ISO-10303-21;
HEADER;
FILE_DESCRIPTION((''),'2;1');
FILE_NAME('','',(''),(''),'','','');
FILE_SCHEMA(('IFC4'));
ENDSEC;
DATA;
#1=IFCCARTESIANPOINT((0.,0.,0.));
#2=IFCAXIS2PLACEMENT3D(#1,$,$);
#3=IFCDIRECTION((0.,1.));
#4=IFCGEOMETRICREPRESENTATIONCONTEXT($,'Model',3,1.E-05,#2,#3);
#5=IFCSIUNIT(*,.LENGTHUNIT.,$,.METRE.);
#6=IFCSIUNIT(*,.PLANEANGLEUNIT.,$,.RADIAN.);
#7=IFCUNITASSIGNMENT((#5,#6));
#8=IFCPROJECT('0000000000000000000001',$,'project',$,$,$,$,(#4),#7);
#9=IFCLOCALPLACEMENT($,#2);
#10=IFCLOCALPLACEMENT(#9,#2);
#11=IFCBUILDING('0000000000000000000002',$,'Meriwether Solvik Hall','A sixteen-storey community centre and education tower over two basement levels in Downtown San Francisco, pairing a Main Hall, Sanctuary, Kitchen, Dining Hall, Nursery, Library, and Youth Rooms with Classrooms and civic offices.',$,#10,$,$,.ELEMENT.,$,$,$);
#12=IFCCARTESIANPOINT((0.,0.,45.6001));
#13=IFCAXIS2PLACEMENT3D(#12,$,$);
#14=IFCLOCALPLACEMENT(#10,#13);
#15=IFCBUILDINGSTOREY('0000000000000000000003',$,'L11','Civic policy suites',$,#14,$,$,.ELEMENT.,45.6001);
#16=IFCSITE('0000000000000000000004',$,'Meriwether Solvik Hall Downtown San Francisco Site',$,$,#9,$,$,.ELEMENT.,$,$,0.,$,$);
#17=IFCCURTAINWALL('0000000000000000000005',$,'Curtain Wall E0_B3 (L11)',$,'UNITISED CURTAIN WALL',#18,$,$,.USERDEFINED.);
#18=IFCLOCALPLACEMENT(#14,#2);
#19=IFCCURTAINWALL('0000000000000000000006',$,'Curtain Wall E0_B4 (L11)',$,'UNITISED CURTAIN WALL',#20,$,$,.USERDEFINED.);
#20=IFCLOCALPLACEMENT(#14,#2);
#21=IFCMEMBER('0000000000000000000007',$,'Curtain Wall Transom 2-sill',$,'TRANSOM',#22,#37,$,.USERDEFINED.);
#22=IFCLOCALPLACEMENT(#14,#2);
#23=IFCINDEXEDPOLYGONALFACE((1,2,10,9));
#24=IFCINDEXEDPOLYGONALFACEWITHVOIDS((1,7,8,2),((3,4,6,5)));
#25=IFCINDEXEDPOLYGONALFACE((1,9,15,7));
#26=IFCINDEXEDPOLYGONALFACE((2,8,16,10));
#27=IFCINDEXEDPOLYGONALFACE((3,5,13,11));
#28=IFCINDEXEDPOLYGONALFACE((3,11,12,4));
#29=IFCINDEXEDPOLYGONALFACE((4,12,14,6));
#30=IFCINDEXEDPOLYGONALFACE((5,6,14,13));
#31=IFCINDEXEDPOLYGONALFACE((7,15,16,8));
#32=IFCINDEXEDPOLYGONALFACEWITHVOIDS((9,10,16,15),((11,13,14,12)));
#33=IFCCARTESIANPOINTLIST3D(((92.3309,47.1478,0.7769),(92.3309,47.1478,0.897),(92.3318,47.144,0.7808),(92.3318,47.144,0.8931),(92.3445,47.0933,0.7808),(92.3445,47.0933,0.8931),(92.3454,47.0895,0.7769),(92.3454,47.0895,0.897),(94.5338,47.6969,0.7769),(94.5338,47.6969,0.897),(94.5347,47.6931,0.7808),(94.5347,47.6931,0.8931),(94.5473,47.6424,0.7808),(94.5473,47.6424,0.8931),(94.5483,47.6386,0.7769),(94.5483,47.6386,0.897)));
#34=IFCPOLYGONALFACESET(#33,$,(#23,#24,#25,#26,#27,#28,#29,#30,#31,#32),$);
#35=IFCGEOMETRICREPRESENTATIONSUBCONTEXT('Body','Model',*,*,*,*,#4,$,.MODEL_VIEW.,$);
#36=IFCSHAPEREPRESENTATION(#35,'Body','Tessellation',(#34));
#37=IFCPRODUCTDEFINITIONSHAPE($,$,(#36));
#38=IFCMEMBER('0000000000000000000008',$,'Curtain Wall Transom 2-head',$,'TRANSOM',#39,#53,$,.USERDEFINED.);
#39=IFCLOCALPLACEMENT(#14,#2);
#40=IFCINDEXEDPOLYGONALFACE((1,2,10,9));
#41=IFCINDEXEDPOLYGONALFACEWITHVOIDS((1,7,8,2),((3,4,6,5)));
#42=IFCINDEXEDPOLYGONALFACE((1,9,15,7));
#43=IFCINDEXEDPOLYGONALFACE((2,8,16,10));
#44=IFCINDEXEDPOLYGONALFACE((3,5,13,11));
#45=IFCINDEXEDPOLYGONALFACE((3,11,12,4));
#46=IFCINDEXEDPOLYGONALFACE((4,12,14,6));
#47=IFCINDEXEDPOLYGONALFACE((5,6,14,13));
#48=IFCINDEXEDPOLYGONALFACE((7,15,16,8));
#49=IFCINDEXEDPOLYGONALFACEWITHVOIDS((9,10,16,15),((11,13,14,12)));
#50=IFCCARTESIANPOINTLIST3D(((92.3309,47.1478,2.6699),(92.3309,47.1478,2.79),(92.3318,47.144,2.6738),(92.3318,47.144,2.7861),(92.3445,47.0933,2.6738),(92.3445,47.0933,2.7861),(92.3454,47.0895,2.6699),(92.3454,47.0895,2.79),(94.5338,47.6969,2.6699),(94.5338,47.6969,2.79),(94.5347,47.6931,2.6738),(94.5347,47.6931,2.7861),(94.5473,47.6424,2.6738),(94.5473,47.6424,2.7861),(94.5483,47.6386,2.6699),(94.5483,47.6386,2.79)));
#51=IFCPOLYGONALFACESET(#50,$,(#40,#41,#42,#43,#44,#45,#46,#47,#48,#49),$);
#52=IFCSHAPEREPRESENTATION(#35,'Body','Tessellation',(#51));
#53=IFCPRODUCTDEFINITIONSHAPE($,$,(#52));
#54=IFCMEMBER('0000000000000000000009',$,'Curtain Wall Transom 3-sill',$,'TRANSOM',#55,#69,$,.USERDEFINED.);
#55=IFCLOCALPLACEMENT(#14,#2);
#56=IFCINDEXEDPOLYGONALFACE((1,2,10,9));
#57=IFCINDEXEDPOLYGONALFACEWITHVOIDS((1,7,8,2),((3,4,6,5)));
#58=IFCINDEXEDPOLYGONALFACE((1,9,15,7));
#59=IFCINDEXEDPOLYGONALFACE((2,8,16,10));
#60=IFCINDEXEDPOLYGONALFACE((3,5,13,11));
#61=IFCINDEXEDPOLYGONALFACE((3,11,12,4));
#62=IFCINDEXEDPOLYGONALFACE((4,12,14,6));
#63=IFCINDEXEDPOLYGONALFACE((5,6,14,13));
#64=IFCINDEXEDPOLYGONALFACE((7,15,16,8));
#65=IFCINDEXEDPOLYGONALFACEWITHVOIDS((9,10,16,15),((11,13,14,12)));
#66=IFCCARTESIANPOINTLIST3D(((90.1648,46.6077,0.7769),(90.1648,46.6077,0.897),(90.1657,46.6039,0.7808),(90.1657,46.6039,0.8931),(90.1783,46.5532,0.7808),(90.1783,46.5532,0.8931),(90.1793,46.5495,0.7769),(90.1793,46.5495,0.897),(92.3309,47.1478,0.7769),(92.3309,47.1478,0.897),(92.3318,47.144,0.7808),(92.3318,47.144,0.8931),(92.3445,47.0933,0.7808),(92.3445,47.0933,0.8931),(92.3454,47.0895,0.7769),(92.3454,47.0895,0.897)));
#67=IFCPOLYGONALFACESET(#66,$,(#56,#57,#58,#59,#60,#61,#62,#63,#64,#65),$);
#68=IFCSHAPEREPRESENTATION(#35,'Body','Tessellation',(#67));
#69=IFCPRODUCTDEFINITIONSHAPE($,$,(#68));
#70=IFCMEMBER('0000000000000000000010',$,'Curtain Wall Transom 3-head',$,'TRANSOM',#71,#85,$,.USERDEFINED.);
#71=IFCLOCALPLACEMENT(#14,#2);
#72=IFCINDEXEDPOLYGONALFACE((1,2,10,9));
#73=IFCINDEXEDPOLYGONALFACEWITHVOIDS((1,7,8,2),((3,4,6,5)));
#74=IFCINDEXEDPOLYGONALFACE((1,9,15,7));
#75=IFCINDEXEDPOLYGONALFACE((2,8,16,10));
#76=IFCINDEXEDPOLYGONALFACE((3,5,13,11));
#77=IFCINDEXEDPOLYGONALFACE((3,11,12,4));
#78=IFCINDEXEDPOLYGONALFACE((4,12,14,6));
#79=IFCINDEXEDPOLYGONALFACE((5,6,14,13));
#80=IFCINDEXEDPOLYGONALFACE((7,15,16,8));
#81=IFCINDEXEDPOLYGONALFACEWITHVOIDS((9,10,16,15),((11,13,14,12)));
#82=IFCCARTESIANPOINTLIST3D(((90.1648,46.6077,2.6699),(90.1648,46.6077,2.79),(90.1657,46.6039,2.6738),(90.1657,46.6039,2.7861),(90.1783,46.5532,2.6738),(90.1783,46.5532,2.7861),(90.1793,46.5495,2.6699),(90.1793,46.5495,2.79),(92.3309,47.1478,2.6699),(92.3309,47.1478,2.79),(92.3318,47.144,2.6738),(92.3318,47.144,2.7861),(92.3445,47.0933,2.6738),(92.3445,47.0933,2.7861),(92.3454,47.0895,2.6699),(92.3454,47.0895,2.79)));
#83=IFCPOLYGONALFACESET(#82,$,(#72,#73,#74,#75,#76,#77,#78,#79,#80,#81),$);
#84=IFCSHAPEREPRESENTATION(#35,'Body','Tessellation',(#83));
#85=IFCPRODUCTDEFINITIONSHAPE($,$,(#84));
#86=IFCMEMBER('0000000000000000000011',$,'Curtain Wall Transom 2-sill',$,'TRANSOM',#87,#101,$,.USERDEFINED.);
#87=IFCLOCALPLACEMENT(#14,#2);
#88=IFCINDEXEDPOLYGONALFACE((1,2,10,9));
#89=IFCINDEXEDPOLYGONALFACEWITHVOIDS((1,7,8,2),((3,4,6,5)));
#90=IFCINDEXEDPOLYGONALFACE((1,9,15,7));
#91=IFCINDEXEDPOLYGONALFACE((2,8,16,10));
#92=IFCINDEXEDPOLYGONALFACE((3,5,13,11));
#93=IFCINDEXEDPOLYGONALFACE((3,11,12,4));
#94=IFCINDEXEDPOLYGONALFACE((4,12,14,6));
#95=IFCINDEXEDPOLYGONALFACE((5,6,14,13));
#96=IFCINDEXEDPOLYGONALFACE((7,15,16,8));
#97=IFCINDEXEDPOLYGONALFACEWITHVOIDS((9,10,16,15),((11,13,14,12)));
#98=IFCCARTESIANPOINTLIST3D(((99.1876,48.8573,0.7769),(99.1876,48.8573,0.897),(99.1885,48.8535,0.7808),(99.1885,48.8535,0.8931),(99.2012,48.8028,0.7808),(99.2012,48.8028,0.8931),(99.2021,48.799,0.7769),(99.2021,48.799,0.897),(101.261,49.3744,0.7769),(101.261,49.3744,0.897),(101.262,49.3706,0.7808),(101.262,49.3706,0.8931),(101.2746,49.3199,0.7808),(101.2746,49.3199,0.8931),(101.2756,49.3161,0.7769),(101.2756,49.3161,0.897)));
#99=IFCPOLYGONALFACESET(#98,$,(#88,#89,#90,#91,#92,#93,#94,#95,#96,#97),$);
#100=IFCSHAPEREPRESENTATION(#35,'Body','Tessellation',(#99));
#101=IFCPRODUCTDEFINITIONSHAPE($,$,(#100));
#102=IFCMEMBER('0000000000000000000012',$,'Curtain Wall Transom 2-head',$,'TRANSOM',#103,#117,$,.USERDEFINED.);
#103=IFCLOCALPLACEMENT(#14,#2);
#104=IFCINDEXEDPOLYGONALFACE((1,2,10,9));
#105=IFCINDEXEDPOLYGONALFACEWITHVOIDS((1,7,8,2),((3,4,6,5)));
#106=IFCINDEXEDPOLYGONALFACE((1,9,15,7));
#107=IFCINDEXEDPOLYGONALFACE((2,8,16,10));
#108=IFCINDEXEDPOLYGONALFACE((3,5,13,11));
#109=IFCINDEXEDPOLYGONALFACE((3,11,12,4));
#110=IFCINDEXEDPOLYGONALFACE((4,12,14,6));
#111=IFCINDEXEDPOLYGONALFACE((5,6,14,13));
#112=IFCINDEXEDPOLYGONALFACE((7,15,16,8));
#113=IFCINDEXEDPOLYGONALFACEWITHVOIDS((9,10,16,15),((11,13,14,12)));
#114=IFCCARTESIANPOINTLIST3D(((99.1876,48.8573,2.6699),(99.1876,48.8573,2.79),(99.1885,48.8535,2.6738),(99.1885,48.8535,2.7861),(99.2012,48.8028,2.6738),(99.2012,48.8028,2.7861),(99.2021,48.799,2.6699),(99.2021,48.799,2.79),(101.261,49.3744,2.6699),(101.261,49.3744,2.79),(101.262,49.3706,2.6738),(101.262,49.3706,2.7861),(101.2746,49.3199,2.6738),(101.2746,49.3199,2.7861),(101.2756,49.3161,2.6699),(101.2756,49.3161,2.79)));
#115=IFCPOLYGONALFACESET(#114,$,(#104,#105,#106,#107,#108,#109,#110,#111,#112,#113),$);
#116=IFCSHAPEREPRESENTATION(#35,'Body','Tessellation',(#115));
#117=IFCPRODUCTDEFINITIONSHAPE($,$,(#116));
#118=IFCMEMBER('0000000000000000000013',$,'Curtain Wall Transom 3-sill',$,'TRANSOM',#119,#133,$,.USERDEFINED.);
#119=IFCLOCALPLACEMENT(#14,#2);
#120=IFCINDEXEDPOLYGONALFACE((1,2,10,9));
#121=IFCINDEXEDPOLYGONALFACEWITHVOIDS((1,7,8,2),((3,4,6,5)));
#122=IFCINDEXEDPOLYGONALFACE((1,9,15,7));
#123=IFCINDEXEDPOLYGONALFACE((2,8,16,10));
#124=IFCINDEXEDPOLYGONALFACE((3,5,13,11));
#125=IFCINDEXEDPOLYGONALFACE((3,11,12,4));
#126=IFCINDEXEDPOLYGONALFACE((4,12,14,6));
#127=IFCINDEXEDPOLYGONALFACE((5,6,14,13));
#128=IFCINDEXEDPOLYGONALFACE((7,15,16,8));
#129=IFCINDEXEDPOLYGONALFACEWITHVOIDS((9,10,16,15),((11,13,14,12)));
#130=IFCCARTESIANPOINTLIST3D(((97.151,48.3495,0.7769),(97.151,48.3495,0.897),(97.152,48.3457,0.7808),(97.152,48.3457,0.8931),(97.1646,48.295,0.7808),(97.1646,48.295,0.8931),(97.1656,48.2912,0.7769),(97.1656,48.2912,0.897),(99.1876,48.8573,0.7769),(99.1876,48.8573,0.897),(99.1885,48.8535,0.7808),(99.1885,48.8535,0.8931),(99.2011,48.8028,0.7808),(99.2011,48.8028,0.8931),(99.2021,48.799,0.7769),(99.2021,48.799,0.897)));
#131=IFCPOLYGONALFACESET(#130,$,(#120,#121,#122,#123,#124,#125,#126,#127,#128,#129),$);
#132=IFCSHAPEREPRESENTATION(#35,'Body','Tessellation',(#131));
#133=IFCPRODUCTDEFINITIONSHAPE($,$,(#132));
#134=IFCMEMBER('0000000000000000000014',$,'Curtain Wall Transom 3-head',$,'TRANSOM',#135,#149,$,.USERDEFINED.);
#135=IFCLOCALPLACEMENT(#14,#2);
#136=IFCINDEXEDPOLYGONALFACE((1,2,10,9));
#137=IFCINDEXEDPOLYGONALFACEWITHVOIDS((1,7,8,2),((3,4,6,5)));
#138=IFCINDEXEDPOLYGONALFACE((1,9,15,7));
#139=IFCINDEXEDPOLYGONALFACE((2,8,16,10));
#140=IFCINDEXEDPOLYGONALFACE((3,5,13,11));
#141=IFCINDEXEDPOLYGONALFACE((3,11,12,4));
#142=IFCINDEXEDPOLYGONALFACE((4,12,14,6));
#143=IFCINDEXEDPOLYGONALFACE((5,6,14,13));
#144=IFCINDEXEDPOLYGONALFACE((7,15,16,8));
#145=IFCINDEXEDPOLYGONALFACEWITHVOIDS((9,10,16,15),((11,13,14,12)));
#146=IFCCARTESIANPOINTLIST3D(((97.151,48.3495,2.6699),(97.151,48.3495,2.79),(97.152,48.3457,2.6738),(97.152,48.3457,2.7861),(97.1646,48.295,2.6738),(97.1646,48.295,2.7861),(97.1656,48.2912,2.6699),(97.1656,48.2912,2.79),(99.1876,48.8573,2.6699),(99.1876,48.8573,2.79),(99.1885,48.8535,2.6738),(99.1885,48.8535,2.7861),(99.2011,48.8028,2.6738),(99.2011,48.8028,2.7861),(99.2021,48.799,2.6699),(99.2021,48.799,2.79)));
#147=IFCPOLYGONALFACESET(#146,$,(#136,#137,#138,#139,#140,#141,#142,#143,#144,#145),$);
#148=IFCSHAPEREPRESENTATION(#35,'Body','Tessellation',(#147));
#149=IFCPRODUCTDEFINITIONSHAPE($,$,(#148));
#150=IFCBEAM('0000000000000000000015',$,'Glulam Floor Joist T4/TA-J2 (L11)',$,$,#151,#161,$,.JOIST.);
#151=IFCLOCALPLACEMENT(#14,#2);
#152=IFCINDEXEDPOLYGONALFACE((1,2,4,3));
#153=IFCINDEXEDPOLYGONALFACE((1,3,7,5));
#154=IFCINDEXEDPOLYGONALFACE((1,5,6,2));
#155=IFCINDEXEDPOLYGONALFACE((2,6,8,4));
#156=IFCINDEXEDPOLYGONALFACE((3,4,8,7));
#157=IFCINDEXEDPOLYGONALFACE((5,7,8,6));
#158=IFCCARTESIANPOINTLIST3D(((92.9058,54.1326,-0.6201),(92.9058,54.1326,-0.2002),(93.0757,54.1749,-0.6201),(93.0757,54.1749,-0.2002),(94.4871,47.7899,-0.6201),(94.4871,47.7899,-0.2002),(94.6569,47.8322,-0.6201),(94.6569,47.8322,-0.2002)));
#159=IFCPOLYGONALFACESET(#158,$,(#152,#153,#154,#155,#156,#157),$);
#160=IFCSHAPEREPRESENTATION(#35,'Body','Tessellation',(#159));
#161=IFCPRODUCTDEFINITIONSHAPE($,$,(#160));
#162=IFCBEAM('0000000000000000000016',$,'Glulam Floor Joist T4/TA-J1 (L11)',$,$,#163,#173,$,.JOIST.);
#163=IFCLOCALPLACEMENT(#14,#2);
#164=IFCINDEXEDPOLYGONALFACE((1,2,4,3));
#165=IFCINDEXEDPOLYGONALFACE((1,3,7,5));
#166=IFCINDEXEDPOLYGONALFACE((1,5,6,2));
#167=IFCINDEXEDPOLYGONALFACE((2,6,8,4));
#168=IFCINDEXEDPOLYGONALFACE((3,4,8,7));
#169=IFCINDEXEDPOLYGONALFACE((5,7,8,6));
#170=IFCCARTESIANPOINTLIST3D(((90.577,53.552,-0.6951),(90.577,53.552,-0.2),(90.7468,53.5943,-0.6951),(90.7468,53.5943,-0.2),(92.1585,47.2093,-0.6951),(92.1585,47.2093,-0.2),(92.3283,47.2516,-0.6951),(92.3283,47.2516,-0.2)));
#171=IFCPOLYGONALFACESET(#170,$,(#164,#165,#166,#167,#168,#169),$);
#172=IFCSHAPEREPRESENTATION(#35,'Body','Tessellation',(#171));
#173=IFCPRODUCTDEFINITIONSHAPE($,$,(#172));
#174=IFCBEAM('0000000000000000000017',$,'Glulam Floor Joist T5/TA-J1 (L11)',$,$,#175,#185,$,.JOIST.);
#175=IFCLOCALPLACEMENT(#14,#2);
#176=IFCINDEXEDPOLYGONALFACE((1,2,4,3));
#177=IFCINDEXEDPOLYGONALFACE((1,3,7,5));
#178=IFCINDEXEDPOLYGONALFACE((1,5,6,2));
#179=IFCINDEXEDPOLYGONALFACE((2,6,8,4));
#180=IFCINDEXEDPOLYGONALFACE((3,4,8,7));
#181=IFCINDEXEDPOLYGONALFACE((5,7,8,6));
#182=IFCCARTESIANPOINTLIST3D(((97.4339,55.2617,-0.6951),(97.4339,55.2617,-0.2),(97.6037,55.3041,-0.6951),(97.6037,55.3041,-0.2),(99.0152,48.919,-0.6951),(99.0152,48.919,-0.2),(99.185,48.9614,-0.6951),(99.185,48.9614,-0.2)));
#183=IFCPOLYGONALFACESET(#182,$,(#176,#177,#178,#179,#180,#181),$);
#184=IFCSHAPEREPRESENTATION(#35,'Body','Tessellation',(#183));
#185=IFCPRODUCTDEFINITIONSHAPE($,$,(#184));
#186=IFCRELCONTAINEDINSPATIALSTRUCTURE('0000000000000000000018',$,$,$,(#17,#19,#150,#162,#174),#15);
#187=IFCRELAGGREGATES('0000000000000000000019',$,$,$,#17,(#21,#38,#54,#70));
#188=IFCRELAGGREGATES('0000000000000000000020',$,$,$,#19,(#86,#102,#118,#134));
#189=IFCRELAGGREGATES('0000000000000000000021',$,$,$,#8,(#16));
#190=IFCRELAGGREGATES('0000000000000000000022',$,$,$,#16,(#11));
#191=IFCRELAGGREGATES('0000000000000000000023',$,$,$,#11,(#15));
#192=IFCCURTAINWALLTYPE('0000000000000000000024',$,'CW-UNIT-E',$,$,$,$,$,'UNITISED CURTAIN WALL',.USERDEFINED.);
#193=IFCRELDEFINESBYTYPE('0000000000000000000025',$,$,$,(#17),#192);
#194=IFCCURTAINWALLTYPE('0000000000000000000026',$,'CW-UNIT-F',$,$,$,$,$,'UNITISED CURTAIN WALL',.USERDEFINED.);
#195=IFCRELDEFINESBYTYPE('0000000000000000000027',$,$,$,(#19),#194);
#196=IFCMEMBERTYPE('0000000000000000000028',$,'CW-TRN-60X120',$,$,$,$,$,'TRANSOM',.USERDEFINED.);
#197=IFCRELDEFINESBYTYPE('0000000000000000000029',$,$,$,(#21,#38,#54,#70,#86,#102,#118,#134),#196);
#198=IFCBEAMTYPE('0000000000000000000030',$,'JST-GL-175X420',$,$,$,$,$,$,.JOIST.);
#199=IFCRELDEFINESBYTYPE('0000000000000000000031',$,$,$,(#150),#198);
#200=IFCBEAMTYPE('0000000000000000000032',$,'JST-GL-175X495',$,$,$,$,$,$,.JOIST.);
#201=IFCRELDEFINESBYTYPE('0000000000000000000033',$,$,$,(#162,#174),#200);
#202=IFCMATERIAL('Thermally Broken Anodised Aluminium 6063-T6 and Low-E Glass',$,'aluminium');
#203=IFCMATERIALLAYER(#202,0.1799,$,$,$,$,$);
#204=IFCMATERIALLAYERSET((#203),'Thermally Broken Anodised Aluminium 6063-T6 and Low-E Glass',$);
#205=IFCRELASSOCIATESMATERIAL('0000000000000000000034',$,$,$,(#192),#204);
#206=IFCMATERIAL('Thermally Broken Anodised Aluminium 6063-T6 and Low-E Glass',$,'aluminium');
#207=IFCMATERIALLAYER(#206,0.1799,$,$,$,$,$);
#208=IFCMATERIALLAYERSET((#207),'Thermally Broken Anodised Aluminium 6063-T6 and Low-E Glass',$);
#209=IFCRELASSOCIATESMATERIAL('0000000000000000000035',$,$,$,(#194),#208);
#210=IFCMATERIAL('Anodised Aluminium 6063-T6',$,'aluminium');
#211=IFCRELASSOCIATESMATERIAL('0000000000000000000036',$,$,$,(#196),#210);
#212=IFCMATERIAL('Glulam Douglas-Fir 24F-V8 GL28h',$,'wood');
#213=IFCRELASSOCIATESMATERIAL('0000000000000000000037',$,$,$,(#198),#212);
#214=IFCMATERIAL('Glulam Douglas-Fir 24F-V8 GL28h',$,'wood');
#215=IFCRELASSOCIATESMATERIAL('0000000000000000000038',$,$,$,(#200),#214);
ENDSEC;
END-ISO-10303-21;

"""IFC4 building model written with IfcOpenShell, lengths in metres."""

from ifc_helpers import new_model, si_unit, direction, frame, origin, origin_2d, place, context, subcontext, project, spatial, rectangle, hollow_rectangle, extrude, material, layer, layer_set, material_profile, profile_set, type_object, element, aggregate, save


model = new_model("IFC4")

# Units and contexts
model_context = context("Model", 3, precision=1e-05, world=origin(), true_north=direction((0.0, 1.0)))
body_context = subcontext(model_context, "Body", "Model", "MODEL_VIEW")
ifc_project = project(units=[si_unit("LENGTHUNIT", "METRE"), si_unit("PLANEANGLEUNIT", "RADIAN")], contexts=[model_context])

# Site, building, storey
site_placement = place(None, origin())
site = spatial("IfcSite", under=ifc_project, at=site_placement, Name="Meriwether Solvik Hall Downtown San Francisco Site", CompositionType="ELEMENT", RefElevation=0.0)
building_placement = place(site_placement, origin())
building = spatial("IfcBuilding", under=site, at=building_placement, Name="Meriwether Solvik Hall", Description="A sixteen-storey community centre and education tower over two basement levels in Downtown San Francisco, pairing a Main Hall, Sanctuary, Kitchen, Dining Hall, Nursery, Library, and Youth Rooms with Classrooms and civic offices.", CompositionType="ELEMENT")
storey_placement = place(building_placement, frame((0.0, 0.0, 45.6001)))
storey = spatial("IfcBuildingStorey", under=building, at=storey_placement, Name="L11", Description="Civic policy suites", CompositionType="ELEMENT", Elevation=45.6001)

# Curtain walls
ifc_material_1 = material(Name="Thermally Broken Anodised Aluminium 6063-T6 and Low-E Glass", Category="aluminium")
ifc_layer_1 = layer(ifc_material_1, 0.1799)
ifc_layer_set_1 = layer_set([ifc_layer_1], Name="Thermally Broken Anodised Aluminium 6063-T6 and Low-E Glass")
curtain_wall_type_1 = type_object("IfcCurtainWallType", Name="CW-UNIT-E", ElementType="UNITISED CURTAIN WALL", PredefinedType="USERDEFINED", material=ifc_layer_set_1)
curtain_wall_1_placement = place(storey_placement, origin())
curtain_wall_1 = element("IfcCurtainWall", 1, at=curtain_wall_1_placement, inside=storey, type_object=curtain_wall_type_1, Name="Curtain Wall E0_B3 (L11)", ObjectType="UNITISED CURTAIN WALL", PredefinedType="USERDEFINED")
ifc_material_2 = material(Name="Thermally Broken Anodised Aluminium 6063-T6 and Low-E Glass", Category="aluminium")
ifc_layer_2 = layer(ifc_material_2, 0.1799)
ifc_layer_set_2 = layer_set([ifc_layer_2], Name="Thermally Broken Anodised Aluminium 6063-T6 and Low-E Glass")
curtain_wall_type_2 = type_object("IfcCurtainWallType", Name="CW-UNIT-F", ElementType="UNITISED CURTAIN WALL", PredefinedType="USERDEFINED", material=ifc_layer_set_2)
curtain_wall_2_placement = place(storey_placement, origin())
curtain_wall_2 = element("IfcCurtainWall", 2, at=curtain_wall_2_placement, inside=storey, type_object=curtain_wall_type_2, Name="Curtain Wall E0_B4 (L11)", ObjectType="UNITISED CURTAIN WALL", PredefinedType="USERDEFINED")

# Members
ifc_material_3 = material(Name="Anodised Aluminium 6063-T6", Category="aluminium")
ifc_material_profile_1 = material_profile(ifc_material_3, hollow_rectangle(XDim=0.0601, YDim=0.1201, WallThickness=0.0039, at=origin_2d()), Name="CWT-60X120")
ifc_profile_set_1 = profile_set([ifc_material_profile_1], Name="Anodised Aluminium 6063-T6")
member_type_1 = type_object("IfcMemberType", Name="CW-TRN-60X120", ElementType="TRANSOM", PredefinedType="USERDEFINED", material=ifc_profile_set_1)
member_1_placement = place(storey_placement, frame((94.541, 47.6677, 0.8369), z_axis=(-0.970313, -0.241852, 0.0), x_axis=(0.241852, -0.970313, 0.0)))
member_1 = element("IfcMember", 3, at=member_1_placement, type_object=member_type_1, Name="Curtain Wall Transom 2-sill", ObjectType="TRANSOM", PredefinedType="USERDEFINED", context=body_context, shape_type="SweptSolid", body=[
    extrude(hollow_rectangle(XDim=0.0601, YDim=0.1201, WallThickness=0.0039, at=origin_2d()), origin(), (0.0, 0.0, 1.0), 2.2703),
])
member_2_placement = place(storey_placement, frame((94.541, 47.6677, 2.73), z_axis=(-0.970313, -0.241852, 0.0), x_axis=(0.241852, -0.970313, 0.0)))
member_2 = element("IfcMember", 4, at=member_2_placement, type_object=member_type_1, Name="Curtain Wall Transom 2-head", ObjectType="TRANSOM", PredefinedType="USERDEFINED", context=body_context, shape_type="SweptSolid", body=[
    extrude(hollow_rectangle(XDim=0.0601, YDim=0.1201, WallThickness=0.0039, at=origin_2d()), origin(), (0.0, 0.0, 1.0), 2.2703),
])
member_3_placement = place(storey_placement, frame((92.3381, 47.1187, 0.8369), z_axis=(-0.970297, -0.241918, 0.0), x_axis=(0.241918, -0.970297, 0.0)))
member_3 = element("IfcMember", 5, at=member_3_placement, type_object=member_type_1, Name="Curtain Wall Transom 3-sill", ObjectType="TRANSOM", PredefinedType="USERDEFINED", context=body_context, shape_type="SweptSolid", body=[
    extrude(hollow_rectangle(XDim=0.0601, YDim=0.1201, WallThickness=0.0039, at=origin_2d()), origin(), (0.0, 0.0, 1.0), 2.2324),
])
member_4_placement = place(storey_placement, frame((92.3381, 47.1187, 2.73), z_axis=(-0.970297, -0.241918, 0.0), x_axis=(0.241918, -0.970297, 0.0)))
member_4 = element("IfcMember", 6, at=member_4_placement, type_object=member_type_1, Name="Curtain Wall Transom 3-head", ObjectType="TRANSOM", PredefinedType="USERDEFINED", context=body_context, shape_type="SweptSolid", body=[
    extrude(hollow_rectangle(XDim=0.0601, YDim=0.1201, WallThickness=0.0039, at=origin_2d()), origin(), (0.0, 0.0, 1.0), 2.2324),
])
member_5_placement = place(storey_placement, frame((101.2683, 49.3452, 0.8369), z_axis=(-0.970283, -0.241971, 0.0), x_axis=(0.241971, -0.970283, 0.0)))
member_5 = element("IfcMember", 7, at=member_5_placement, type_object=member_type_1, Name="Curtain Wall Transom 2-sill", ObjectType="TRANSOM", PredefinedType="USERDEFINED", context=body_context, shape_type="SweptSolid", body=[
    extrude(hollow_rectangle(XDim=0.0601, YDim=0.1201, WallThickness=0.0039, at=origin_2d()), origin(), (0.0, 0.0, 1.0), 2.137),
])
member_6_placement = place(storey_placement, frame((101.2683, 49.3452, 2.73), z_axis=(-0.970283, -0.241971, 0.0), x_axis=(0.241971, -0.970283, 0.0)))
member_6 = element("IfcMember", 8, at=member_6_placement, type_object=member_type_1, Name="Curtain Wall Transom 2-head", ObjectType="TRANSOM", PredefinedType="USERDEFINED", context=body_context, shape_type="SweptSolid", body=[
    extrude(hollow_rectangle(XDim=0.0601, YDim=0.1201, WallThickness=0.0039, at=origin_2d()), origin(), (0.0, 0.0, 1.0), 2.137),
])
member_7_placement = place(storey_placement, frame((99.1948, 48.8281, 0.8369), z_axis=(-0.970293, -0.241933, 0.0), x_axis=(0.241933, -0.970293, 0.0)))
member_7 = element("IfcMember", 9, at=member_7_placement, type_object=member_type_1, Name="Curtain Wall Transom 3-sill", ObjectType="TRANSOM", PredefinedType="USERDEFINED", context=body_context, shape_type="SweptSolid", body=[
    extrude(hollow_rectangle(XDim=0.0601, YDim=0.1201, WallThickness=0.0039, at=origin_2d()), origin(), (0.0, 0.0, 1.0), 2.0989),
])
member_8_placement = place(storey_placement, frame((99.1948, 48.8281, 2.73), z_axis=(-0.970293, -0.241933, 0.0), x_axis=(0.241933, -0.970293, 0.0)))
member_8 = element("IfcMember", 10, at=member_8_placement, type_object=member_type_1, Name="Curtain Wall Transom 3-head", ObjectType="TRANSOM", PredefinedType="USERDEFINED", context=body_context, shape_type="SweptSolid", body=[
    extrude(hollow_rectangle(XDim=0.0601, YDim=0.1201, WallThickness=0.0039, at=origin_2d()), origin(), (0.0, 0.0, 1.0), 2.0989),
])

# Beams
ifc_material_4 = material(Name="Glulam Douglas-Fir 24F-V8 GL28h", Category="wood")
ifc_material_profile_2 = material_profile(ifc_material_4, rectangle(XDim=0.175, YDim=0.4199, at=origin_2d()), Name="GLJ-175X420")
ifc_profile_set_2 = profile_set([ifc_material_profile_2], Name="Glulam Douglas-Fir 24F-V8 GL28h")
beam_type_1 = type_object("IfcBeamType", Name="JST-GL-175X420", PredefinedType="JOIST", material=ifc_profile_set_2)
beam_1_placement = place(storey_placement, frame((94.572, 47.811, -0.4102), z_axis=(-0.241903, 0.9703, 0.0), x_axis=(-0.9703, -0.241903, 0.0)))
element("IfcBeam", 11, at=beam_1_placement, inside=storey, type_object=beam_type_1, Name="Glulam Floor Joist T4/TA-J2 (L11)", PredefinedType="JOIST", context=body_context, shape_type="SweptSolid", body=[
    extrude(rectangle(XDim=0.175, YDim=0.4199, at=origin_2d()), origin(), (0.0, 0.0, 1.0), 6.5369),
])
ifc_material_5 = material(Name="Glulam Douglas-Fir 24F-V8 GL28h", Category="wood")
ifc_material_profile_3 = material_profile(ifc_material_5, rectangle(XDim=0.175, YDim=0.4951, at=origin_2d()), Name="GLJ-175X495")
ifc_profile_set_3 = profile_set([ifc_material_profile_3], Name="Glulam Douglas-Fir 24F-V8 GL28h")
beam_type_2 = type_object("IfcBeamType", Name="JST-GL-175X495", PredefinedType="JOIST", material=ifc_profile_set_3)
for number, where, z_axis, x_axis, name in (
    (12, (92.2434, 47.2305, -0.4475), (-0.241938, 0.970292, 0.0), (-0.970292, -0.241938, 0.0), "Glulam Floor Joist T4/TA-J1 (L11)"),
    (13, (99.1001, 48.9402, -0.4475), (-0.241903, 0.9703, 0.0), (-0.9703, -0.241903, 0.0), "Glulam Floor Joist T5/TA-J1 (L11)"),
):
    element("IfcBeam", number, at=place(storey_placement, frame(where, z_axis=z_axis, x_axis=x_axis)), inside=storey, type_object=beam_type_2, Name=name, PredefinedType="JOIST", context=body_context, shape_type="SweptSolid", body=[
        extrude(rectangle(XDim=0.175, YDim=0.4951, at=origin_2d()), origin(), (0.0, 0.0, 1.0), 6.5369),
    ])

aggregate(curtain_wall_1, [member_1, member_2, member_3, member_4])
aggregate(curtain_wall_2, [member_5, member_6, member_7, member_8])

save(model, "model.ifc")
